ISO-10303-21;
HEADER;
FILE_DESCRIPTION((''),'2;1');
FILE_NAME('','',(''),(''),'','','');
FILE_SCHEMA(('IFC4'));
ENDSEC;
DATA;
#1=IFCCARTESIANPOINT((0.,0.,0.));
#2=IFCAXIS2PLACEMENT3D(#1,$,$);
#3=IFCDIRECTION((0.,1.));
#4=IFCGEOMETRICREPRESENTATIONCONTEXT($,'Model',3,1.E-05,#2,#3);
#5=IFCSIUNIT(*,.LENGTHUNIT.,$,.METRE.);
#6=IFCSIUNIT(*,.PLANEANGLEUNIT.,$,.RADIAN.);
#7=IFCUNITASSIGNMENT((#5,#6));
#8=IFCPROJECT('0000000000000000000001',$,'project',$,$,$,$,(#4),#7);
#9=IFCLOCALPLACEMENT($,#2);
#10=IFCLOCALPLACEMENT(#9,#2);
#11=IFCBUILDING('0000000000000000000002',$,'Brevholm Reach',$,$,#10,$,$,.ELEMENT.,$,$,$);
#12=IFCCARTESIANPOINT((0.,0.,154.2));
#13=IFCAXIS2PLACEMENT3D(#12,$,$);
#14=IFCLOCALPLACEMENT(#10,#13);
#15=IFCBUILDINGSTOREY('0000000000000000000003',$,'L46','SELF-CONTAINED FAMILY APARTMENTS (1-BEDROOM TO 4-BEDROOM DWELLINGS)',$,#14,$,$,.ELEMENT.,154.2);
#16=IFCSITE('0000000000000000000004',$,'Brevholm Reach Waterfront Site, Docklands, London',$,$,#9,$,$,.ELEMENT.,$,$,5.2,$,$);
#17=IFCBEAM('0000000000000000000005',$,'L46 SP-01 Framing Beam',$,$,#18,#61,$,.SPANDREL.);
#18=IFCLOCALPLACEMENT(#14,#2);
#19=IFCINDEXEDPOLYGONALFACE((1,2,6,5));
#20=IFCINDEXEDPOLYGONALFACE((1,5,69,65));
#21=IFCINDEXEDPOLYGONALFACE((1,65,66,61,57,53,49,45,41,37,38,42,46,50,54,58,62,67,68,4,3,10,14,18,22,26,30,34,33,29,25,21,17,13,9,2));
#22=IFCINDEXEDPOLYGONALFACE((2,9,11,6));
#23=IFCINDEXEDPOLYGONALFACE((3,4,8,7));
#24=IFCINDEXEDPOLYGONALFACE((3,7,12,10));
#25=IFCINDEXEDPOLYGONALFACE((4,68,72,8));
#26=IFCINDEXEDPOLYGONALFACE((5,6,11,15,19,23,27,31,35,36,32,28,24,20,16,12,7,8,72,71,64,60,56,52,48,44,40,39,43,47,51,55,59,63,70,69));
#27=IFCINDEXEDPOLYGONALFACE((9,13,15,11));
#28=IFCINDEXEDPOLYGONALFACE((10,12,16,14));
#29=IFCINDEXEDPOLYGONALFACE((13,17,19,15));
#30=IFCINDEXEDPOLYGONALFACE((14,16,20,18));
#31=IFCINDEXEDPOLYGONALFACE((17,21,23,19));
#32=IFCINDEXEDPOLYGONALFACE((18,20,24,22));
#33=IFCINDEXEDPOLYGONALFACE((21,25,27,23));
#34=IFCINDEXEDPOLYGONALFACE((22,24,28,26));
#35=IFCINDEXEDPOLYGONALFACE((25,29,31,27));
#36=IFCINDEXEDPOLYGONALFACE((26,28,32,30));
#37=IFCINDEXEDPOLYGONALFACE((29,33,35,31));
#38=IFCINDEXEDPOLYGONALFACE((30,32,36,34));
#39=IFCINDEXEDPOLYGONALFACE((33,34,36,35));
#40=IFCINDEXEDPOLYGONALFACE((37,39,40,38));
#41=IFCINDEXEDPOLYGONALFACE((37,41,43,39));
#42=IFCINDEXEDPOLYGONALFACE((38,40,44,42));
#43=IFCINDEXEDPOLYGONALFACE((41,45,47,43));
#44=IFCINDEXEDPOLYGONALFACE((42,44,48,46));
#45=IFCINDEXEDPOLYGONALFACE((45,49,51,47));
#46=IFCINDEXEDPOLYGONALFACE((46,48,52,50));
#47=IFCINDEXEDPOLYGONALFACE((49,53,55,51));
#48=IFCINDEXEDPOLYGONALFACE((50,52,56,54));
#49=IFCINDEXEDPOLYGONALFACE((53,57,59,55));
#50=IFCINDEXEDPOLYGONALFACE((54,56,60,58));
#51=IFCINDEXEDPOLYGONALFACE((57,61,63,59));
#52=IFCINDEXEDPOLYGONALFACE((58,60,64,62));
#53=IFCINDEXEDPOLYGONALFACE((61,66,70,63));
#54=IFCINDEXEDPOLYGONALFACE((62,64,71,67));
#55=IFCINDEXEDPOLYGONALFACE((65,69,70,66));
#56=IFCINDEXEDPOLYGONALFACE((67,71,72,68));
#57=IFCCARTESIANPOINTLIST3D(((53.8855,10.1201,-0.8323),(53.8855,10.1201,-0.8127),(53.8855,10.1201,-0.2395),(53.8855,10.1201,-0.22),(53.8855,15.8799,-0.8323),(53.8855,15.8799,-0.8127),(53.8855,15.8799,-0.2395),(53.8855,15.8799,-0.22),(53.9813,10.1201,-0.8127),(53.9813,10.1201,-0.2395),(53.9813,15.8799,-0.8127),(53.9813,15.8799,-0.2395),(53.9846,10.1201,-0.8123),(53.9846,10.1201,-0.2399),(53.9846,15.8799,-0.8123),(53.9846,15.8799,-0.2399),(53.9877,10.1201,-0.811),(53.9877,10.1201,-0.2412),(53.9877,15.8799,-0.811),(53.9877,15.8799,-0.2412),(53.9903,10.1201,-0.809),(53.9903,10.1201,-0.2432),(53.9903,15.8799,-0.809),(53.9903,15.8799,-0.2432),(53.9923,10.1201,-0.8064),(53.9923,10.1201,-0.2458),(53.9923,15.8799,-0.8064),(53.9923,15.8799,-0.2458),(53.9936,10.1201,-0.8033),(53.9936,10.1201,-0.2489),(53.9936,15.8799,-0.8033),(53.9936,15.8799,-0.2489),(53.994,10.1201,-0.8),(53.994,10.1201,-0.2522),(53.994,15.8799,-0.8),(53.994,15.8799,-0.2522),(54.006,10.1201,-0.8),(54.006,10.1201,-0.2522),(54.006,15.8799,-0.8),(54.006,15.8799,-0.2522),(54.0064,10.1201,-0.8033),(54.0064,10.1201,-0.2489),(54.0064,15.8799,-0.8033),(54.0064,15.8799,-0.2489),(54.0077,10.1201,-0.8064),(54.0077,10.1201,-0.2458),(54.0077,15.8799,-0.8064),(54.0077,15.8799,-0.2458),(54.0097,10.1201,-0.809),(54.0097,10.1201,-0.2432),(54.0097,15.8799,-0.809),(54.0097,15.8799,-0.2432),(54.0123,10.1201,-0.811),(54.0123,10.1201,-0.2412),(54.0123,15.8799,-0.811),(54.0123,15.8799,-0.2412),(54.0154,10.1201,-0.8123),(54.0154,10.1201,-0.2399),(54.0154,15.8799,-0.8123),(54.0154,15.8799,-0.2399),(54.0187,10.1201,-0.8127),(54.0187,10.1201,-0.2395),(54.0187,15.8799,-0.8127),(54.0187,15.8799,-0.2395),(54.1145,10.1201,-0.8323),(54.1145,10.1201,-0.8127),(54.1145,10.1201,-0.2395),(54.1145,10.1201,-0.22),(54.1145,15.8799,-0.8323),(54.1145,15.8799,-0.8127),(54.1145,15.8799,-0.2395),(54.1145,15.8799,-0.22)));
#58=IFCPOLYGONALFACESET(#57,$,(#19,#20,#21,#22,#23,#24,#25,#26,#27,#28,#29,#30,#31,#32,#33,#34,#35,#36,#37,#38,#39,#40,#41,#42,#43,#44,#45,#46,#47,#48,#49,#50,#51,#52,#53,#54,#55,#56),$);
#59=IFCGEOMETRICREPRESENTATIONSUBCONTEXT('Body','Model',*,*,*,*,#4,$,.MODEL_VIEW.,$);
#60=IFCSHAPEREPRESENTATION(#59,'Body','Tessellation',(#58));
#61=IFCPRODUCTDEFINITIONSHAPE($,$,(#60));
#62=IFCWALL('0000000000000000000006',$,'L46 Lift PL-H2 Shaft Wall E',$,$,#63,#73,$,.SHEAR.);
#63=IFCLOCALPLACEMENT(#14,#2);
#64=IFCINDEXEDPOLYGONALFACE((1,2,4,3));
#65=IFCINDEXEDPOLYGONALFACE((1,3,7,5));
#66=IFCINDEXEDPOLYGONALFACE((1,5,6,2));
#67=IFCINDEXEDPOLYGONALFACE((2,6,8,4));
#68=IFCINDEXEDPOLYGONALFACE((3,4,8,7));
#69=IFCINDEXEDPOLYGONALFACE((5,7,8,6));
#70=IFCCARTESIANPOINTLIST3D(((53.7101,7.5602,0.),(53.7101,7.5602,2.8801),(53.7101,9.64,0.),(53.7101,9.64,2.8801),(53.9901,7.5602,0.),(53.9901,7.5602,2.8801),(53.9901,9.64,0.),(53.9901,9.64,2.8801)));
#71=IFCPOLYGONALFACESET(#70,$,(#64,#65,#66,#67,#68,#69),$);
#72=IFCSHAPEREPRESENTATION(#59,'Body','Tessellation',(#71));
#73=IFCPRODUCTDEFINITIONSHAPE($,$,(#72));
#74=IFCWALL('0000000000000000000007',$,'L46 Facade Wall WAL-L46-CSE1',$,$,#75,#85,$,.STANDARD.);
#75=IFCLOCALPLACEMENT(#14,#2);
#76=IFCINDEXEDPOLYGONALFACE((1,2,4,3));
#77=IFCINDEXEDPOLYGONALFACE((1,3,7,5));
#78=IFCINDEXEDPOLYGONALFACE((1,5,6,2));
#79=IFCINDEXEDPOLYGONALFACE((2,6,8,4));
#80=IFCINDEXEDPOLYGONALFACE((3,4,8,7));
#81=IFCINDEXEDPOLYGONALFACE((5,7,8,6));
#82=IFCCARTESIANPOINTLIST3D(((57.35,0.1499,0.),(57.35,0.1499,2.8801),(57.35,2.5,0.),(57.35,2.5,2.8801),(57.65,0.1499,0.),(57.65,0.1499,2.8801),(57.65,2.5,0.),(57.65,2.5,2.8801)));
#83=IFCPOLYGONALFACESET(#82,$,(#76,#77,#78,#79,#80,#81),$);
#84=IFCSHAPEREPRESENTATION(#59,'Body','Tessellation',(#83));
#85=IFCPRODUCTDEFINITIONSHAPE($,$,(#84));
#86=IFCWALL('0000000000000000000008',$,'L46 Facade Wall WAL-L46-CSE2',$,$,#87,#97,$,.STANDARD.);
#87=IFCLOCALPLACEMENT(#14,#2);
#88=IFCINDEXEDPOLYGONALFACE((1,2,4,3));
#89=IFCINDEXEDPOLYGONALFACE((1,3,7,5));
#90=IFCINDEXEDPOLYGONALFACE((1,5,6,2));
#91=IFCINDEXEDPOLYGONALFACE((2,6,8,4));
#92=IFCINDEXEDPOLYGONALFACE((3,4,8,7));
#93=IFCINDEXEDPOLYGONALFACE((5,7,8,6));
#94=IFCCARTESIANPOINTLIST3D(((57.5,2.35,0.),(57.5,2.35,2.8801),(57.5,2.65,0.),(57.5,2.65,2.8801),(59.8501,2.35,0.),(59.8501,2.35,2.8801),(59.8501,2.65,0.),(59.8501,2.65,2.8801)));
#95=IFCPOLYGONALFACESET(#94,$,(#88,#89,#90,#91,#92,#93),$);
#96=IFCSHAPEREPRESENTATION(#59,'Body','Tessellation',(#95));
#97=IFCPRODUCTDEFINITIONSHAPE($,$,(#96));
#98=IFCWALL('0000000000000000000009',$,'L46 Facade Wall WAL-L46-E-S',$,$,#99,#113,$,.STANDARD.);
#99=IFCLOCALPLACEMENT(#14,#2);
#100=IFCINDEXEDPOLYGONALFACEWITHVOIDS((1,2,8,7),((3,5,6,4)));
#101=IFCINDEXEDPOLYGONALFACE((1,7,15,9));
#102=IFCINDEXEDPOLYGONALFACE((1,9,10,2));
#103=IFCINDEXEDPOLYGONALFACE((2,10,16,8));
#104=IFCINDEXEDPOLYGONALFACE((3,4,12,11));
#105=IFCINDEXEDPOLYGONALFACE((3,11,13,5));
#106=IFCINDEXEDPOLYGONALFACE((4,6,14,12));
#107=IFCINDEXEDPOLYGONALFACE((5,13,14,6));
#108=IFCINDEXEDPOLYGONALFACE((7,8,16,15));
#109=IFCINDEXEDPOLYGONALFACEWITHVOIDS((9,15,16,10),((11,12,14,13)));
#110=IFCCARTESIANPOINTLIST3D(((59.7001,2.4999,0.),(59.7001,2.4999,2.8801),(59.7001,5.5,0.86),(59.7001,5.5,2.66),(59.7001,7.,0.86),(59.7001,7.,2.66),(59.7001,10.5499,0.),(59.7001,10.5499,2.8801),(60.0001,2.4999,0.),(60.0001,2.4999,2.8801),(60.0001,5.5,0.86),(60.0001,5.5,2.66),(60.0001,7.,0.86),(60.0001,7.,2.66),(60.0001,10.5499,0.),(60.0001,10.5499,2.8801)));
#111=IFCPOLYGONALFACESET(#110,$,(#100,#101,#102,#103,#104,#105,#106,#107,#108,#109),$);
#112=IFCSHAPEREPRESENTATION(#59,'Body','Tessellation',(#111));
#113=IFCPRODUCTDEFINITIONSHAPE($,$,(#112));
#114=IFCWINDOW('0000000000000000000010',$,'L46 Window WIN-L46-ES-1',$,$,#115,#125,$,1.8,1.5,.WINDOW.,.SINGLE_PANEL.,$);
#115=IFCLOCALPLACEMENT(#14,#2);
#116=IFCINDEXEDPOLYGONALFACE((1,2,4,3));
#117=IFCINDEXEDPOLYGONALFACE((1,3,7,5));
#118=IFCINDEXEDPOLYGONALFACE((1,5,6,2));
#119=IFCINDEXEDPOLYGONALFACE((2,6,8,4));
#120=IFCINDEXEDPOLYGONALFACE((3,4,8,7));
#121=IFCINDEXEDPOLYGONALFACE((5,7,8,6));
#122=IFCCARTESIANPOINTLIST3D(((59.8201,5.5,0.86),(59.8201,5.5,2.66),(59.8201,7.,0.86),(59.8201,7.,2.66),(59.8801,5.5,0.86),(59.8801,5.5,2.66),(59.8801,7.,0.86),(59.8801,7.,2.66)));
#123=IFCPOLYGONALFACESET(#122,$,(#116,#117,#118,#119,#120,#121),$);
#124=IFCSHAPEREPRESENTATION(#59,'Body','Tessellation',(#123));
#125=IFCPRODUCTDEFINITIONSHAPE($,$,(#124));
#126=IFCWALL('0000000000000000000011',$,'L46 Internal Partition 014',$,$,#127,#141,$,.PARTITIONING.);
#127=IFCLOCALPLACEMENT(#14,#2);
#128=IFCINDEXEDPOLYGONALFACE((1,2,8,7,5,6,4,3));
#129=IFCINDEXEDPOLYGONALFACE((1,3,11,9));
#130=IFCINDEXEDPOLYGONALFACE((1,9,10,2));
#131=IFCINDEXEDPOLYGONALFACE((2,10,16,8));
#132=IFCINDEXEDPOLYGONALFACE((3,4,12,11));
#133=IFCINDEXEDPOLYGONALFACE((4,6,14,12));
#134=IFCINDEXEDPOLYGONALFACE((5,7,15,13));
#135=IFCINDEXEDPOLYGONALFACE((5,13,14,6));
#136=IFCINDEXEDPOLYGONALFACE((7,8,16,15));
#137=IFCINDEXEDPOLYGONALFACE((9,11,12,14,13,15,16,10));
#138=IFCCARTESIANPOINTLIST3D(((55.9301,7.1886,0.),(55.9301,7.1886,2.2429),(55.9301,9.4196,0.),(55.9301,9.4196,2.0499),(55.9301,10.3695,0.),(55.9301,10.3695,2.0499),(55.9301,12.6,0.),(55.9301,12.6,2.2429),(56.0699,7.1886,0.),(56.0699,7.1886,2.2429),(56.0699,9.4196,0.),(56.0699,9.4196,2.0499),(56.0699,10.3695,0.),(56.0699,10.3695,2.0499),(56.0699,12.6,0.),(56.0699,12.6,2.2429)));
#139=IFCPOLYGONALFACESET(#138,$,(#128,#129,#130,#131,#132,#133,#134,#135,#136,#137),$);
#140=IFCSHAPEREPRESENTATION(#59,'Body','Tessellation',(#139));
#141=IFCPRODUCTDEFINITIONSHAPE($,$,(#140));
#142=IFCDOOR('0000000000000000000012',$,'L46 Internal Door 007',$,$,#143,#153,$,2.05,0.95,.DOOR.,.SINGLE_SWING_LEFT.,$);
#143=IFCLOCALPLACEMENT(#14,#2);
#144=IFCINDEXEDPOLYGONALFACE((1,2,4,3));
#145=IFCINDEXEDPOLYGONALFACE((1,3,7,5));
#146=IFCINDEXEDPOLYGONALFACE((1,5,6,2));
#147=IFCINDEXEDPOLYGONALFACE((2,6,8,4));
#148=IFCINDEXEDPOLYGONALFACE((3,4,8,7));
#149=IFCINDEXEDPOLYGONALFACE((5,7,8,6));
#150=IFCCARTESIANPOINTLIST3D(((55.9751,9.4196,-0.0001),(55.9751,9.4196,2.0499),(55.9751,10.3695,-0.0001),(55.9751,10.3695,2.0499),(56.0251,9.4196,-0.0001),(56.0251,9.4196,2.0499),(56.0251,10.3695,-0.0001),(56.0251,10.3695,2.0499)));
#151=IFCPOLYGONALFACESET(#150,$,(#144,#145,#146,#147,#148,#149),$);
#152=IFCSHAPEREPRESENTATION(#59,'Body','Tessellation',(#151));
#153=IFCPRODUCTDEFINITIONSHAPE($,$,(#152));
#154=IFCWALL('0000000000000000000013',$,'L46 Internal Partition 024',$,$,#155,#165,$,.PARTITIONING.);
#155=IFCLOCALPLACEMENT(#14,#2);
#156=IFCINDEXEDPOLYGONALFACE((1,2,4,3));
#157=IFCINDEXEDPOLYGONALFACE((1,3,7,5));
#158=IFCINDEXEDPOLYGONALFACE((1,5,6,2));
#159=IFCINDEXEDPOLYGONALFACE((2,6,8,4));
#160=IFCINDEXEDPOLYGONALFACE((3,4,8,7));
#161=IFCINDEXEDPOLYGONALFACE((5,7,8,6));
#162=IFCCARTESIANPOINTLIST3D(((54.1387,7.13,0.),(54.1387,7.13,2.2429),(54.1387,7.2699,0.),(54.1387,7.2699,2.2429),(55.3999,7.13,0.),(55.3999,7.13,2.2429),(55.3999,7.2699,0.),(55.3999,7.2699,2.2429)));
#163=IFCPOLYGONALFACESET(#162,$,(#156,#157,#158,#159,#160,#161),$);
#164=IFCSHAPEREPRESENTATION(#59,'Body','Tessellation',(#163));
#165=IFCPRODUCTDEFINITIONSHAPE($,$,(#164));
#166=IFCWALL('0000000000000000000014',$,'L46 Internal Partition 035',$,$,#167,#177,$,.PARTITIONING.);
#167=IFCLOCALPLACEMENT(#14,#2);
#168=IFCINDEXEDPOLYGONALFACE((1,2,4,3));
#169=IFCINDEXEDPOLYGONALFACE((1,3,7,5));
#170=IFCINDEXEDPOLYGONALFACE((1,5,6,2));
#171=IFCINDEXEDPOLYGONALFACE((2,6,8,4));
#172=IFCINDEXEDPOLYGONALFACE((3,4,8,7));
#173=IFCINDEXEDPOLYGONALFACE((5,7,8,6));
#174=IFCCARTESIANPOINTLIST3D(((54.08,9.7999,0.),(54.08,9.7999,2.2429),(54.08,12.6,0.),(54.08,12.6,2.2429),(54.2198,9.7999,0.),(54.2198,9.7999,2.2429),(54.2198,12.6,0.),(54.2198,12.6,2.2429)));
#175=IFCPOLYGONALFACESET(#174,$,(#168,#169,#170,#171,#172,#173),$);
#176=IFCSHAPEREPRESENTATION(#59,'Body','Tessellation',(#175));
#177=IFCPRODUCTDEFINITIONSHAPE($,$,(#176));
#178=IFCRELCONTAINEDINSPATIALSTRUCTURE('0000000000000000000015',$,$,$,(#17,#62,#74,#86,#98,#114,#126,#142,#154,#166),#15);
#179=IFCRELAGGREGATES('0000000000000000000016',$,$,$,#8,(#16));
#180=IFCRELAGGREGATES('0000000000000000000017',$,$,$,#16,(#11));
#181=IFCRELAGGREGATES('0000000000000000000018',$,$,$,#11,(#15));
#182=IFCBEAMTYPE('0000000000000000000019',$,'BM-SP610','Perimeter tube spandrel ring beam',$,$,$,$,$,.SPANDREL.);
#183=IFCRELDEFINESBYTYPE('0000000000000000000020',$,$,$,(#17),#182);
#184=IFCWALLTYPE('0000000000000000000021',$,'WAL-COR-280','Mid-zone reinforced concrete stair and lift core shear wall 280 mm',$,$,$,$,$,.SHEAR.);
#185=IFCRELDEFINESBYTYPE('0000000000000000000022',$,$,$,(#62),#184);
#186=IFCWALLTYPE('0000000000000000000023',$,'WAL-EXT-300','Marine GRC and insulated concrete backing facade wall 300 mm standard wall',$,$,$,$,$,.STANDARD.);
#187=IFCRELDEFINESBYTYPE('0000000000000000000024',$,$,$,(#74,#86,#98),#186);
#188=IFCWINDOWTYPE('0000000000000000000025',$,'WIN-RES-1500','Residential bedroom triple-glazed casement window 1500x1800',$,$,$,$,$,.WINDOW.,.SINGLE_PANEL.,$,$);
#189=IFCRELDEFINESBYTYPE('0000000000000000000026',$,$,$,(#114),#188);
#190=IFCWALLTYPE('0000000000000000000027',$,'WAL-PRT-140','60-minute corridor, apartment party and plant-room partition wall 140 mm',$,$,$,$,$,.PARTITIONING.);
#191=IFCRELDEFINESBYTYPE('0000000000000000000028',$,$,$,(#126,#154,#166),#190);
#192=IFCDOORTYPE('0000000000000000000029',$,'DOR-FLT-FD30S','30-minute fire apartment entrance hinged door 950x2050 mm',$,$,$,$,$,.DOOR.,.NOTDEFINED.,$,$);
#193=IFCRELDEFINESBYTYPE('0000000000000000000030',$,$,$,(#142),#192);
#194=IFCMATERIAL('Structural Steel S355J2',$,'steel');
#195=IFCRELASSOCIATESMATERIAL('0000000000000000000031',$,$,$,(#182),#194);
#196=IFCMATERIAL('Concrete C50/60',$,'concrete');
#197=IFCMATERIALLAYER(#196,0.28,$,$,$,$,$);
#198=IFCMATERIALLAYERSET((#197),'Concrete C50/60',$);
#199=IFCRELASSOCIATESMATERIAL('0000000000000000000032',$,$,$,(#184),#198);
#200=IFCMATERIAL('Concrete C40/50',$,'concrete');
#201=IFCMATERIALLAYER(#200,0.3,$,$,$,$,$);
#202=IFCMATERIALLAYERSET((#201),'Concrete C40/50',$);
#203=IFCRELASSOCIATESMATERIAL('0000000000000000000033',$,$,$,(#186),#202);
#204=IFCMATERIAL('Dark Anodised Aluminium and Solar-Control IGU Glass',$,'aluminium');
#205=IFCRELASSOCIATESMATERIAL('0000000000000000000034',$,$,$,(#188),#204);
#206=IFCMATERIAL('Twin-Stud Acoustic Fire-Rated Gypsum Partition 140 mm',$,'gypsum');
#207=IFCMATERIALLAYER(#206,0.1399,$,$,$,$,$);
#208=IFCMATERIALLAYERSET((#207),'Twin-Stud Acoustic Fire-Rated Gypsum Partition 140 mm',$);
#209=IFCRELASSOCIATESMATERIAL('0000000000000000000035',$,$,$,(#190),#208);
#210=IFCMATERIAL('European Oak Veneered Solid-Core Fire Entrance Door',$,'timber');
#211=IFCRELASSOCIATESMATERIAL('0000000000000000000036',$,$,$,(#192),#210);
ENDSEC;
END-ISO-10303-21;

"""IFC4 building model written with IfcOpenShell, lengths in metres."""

from ifc_helpers import new_model, si_unit, direction, frame, frame_2d, origin, origin_2d, place, context, subcontext, project, spatial, rectangle, i_section, extrude, material, layer, layer_set, material_profile, profile_set, type_object, element, fill, save


model = new_model("IFC4")

# Units and contexts
model_context = context("Model", 3, precision=1e-05, world=origin(), true_north=direction((0.0, 1.0)))
body_context = subcontext(model_context, "Body", "Model", "MODEL_VIEW")
ifc_project = project(units=[si_unit("LENGTHUNIT", "METRE"), si_unit("PLANEANGLEUNIT", "RADIAN")], contexts=[model_context])

# Site, building, storey
site_placement = place(None, origin())
site = spatial("IfcSite", under=ifc_project, at=site_placement, Name="Brevholm Reach Waterfront Site, Docklands, London", CompositionType="ELEMENT", RefElevation=5.2)
building_placement = place(site_placement, origin())
building = spatial("IfcBuilding", under=site, at=building_placement, Name="Brevholm Reach", CompositionType="ELEMENT")
storey_placement = place(building_placement, frame((0.0, 0.0, 154.2)))
storey = spatial("IfcBuildingStorey", under=building, at=storey_placement, Name="L46", Description="SELF-CONTAINED FAMILY APARTMENTS (1-BEDROOM TO 4-BEDROOM DWELLINGS)", CompositionType="ELEMENT", Elevation=154.2)

# Beam
ifc_material_1 = material(Name="Structural Steel S355J2", Category="steel")
ifc_material_profile_1 = material_profile(ifc_material_1, i_section(OverallWidth=0.229, OverallDepth=0.6123, WebThickness=0.012, FlangeThickness=0.0195, FilletRadius=0.0127, at=origin_2d()), Name="UKB 610x229x125")
ifc_profile_set_1 = profile_set([ifc_material_profile_1], Name="Structural Steel S355J2")
beam_type_1 = type_object("IfcBeamType", Name="BM-SP610", Description="Perimeter tube spandrel ring beam", PredefinedType="SPANDREL", material=ifc_profile_set_1)
beam_1_placement = place(storey_placement, frame((54.0, 10.1201, -0.5261), z_axis=(0.0, 1.0, 0.0), x_axis=(-1.0, 0.0, 0.0)))
element("IfcBeam", 1, at=beam_1_placement, inside=storey, type_object=beam_type_1, Name="L46 SP-01 Framing Beam", PredefinedType="SPANDREL", context=body_context, shape_type="SweptSolid", body=[
    extrude(i_section(OverallWidth=0.229, OverallDepth=0.6123, WebThickness=0.012, FlangeThickness=0.0195, FilletRadius=0.0127, at=origin_2d()), origin(), (0.0, 0.0, 1.0), 5.7598),
])

# Walls
ifc_material_2 = material(Name="Concrete C50/60", Category="concrete")
ifc_layer_1 = layer(ifc_material_2, 0.28)
ifc_layer_set_1 = layer_set([ifc_layer_1], Name="Concrete C50/60")
wall_type_1 = type_object("IfcWallType", Name="WAL-COR-280", Description="Mid-zone reinforced concrete stair and lift core shear wall 280 mm", PredefinedType="SHEAR", material=ifc_layer_set_1)
wall_1_placement = place(storey_placement, frame((53.8501, 7.5601, 0.0), z_axis=(0.0, 0.0, 1.0), x_axis=(0.0, 1.0, 0.0)))
element("IfcWall", 2, at=wall_1_placement, inside=storey, type_object=wall_type_1, Name="L46 Lift PL-H2 Shaft Wall E", PredefinedType="SHEAR", context=body_context, shape_type="SweptSolid", body=[
    extrude(rectangle(XDim=2.0798, YDim=0.28, at=frame_2d((1.04, 0.0))), origin(), (0.0, 0.0, 1.0), 2.8801),
])
ifc_material_3 = material(Name="Concrete C40/50", Category="concrete")
ifc_layer_2 = layer(ifc_material_3, 0.3)
ifc_layer_set_2 = layer_set([ifc_layer_2], Name="Concrete C40/50")
wall_type_2 = type_object("IfcWallType", Name="WAL-EXT-300", Description="Marine GRC and insulated concrete backing facade wall 300 mm standard wall", PredefinedType="STANDARD", material=ifc_layer_set_2)
for number, where, z_axis, x_axis, name in (
    (3, (57.5, 0.1499, 0.0), (0.0, 0.0, 1.0), (0.0, 1.0, 0.0), "L46 Facade Wall WAL-L46-CSE1"),
    (4, (57.5, 2.5, 0.0), (0.0, 0.0, 1.0), (1.0, 0.0, 0.0), "L46 Facade Wall WAL-L46-CSE2"),
):
    element("IfcWall", number, at=place(storey_placement, frame(where, z_axis=z_axis, x_axis=x_axis)), inside=storey, type_object=wall_type_2, Name=name, PredefinedType="STANDARD", context=body_context, shape_type="SweptSolid", body=[
        extrude(rectangle(XDim=2.3501, YDim=0.3, at=frame_2d((1.175, 0.0))), origin(), (0.0, 0.0, 1.0), 2.8801),
    ])

# Wall, opening, window
wall_2_placement = place(storey_placement, frame((59.8501, 2.5, 0.0), z_axis=(0.0, 0.0, 1.0), x_axis=(0.0, 1.0, 0.0)))
wall_2 = element("IfcWall", 5, at=wall_2_placement, inside=storey, type_object=wall_type_2, Name="L46 Facade Wall WAL-L46-E-S", PredefinedType="STANDARD", context=body_context, shape_type="SweptSolid", body=[
    extrude(rectangle(XDim=8.05, YDim=0.3, at=frame_2d((4.0249, 0.0))), origin(), (0.0, 0.0, 1.0), 2.8801),
])
opening_1_placement = place(wall_2_placement, frame((3.0, 0.0, 0.8601)))
opening_1 = element("IfcOpeningElement", 6, at=opening_1_placement, cuts=wall_2, PredefinedType="OPENING", context=body_context, shape_type="SweptSolid", body=[
    extrude(rectangle(XDim=1.5, YDim=1.8, at=frame_2d((0.75, 0.8999))), frame((0.0, 0.1599, 0.0), z_axis=(0.0, -1.0, 0.0), x_axis=(1.0, 0.0, 0.0)), (0.0, 0.0, 1.0), 0.3201),
])
ifc_material_4 = material(Name="Dark Anodised Aluminium and Solar-Control IGU Glass", Category="aluminium")
window_type = type_object("IfcWindowType", Name="WIN-RES-1500", Description="Residential bedroom triple-glazed casement window 1500x1800", PartitioningType="SINGLE_PANEL", PredefinedType="WINDOW", material=ifc_material_4)
window_placement = place(opening_1_placement, origin())
window = element("IfcWindow", 7, at=window_placement, inside=storey, type_object=window_type, Name="L46 Window WIN-L46-ES-1", OverallHeight=1.8, OverallWidth=1.5, PartitioningType="SINGLE_PANEL", PredefinedType="WINDOW", context=body_context, shape_type="SweptSolid", body=[
    extrude(rectangle(XDim=1.5, YDim=1.8, at=frame_2d((0.75, 0.8999))), frame((0.0, 0.03, 0.0), z_axis=(0.0, -1.0, 0.0), x_axis=(1.0, 0.0, 0.0)), (0.0, 0.0, 1.0), 0.0601),
])
fill(opening_1, window)

# Wall, opening, door
ifc_material_5 = material(Name="Twin-Stud Acoustic Fire-Rated Gypsum Partition 140 mm", Category="gypsum")
ifc_layer_3 = layer(ifc_material_5, 0.1399)
ifc_layer_set_3 = layer_set([ifc_layer_3], Name="Twin-Stud Acoustic Fire-Rated Gypsum Partition 140 mm")
wall_type_3 = type_object("IfcWallType", Name="WAL-PRT-140", Description="60-minute corridor, apartment party and plant-room partition wall 140 mm", PredefinedType="PARTITIONING", material=ifc_layer_set_3)
wall_3_placement = place(storey_placement, frame((56.0, 7.1887, 0.0), z_axis=(0.0, 0.0, 1.0), x_axis=(0.0, 1.0, 0.0)))
wall_3 = element("IfcWall", 8, at=wall_3_placement, inside=storey, type_object=wall_type_3, Name="L46 Internal Partition 014", PredefinedType="PARTITIONING", context=body_context, shape_type="SweptSolid", body=[
    extrude(rectangle(XDim=5.4114, YDim=0.1399, at=frame_2d((2.7056, 0.0))), origin(), (0.0, 0.0, 1.0), 2.2429),
])
opening_2_placement = place(wall_3_placement, frame((2.2307, 0.0, 0.0)))
opening_2 = element("IfcOpeningElement", 9, at=opening_2_placement, cuts=wall_3, PredefinedType="OPENING", context=body_context, shape_type="SweptSolid", body=[
    extrude(rectangle(XDim=0.95, YDim=2.05, at=frame_2d((0.4751, 1.0249))), frame((0.0, 0.0798, 0.0), z_axis=(0.0, -1.0, 0.0), x_axis=(1.0, 0.0, 0.0)), (0.0, 0.0, 1.0), 0.1599),
])
ifc_material_6 = material(Name="European Oak Veneered Solid-Core Fire Entrance Door", Category="timber")
door_type = type_object("IfcDoorType", Name="DOR-FLT-FD30S", Description="30-minute fire apartment entrance hinged door 950x2050 mm", OperationType="NOTDEFINED", PredefinedType="DOOR", material=ifc_material_6)
door_placement = place(opening_2_placement, origin())
door = element("IfcDoor", 10, at=door_placement, inside=storey, type_object=door_type, Name="L46 Internal Door 007", OperationType="SINGLE_SWING_LEFT", OverallHeight=2.05, OverallWidth=0.95, PredefinedType="DOOR", context=body_context, shape_type="SweptSolid", body=[
    extrude(rectangle(XDim=0.95, YDim=2.05, at=frame_2d((0.4751, 1.0249))), frame((0.0, 0.0249, 0.0), z_axis=(0.0, -1.0, 0.0), x_axis=(1.0, 0.0, 0.0)), (0.0, 0.0, 1.0), 0.05),
])
fill(opening_2, door)

# Walls
wall_4_placement = place(storey_placement, frame((54.1387, 7.2, 0.0), z_axis=(0.0, 0.0, 1.0), x_axis=(1.0, 0.0, 0.0)))
element("IfcWall", 11, at=wall_4_placement, inside=storey, type_object=wall_type_3, Name="L46 Internal Partition 024", PredefinedType="PARTITIONING", context=body_context, shape_type="SweptSolid", body=[
    extrude(rectangle(XDim=1.2612, YDim=0.1399, at=frame_2d((0.6306, 0.0))), origin(), (0.0, 0.0, 1.0), 2.2429),
])
wall_5_placement = place(storey_placement, frame((54.1499, 9.8, 0.0), z_axis=(0.0, 0.0, 1.0), x_axis=(0.0, 1.0, 0.0)))
element("IfcWall", 12, at=wall_5_placement, inside=storey, type_object=wall_type_3, Name="L46 Internal Partition 035", PredefinedType="PARTITIONING", context=body_context, shape_type="SweptSolid", body=[
    extrude(rectangle(XDim=2.8, YDim=0.1399, at=frame_2d((1.3999, 0.0))), origin(), (0.0, 0.0, 1.0), 2.2429),
])

save(model, "model.ifc")
